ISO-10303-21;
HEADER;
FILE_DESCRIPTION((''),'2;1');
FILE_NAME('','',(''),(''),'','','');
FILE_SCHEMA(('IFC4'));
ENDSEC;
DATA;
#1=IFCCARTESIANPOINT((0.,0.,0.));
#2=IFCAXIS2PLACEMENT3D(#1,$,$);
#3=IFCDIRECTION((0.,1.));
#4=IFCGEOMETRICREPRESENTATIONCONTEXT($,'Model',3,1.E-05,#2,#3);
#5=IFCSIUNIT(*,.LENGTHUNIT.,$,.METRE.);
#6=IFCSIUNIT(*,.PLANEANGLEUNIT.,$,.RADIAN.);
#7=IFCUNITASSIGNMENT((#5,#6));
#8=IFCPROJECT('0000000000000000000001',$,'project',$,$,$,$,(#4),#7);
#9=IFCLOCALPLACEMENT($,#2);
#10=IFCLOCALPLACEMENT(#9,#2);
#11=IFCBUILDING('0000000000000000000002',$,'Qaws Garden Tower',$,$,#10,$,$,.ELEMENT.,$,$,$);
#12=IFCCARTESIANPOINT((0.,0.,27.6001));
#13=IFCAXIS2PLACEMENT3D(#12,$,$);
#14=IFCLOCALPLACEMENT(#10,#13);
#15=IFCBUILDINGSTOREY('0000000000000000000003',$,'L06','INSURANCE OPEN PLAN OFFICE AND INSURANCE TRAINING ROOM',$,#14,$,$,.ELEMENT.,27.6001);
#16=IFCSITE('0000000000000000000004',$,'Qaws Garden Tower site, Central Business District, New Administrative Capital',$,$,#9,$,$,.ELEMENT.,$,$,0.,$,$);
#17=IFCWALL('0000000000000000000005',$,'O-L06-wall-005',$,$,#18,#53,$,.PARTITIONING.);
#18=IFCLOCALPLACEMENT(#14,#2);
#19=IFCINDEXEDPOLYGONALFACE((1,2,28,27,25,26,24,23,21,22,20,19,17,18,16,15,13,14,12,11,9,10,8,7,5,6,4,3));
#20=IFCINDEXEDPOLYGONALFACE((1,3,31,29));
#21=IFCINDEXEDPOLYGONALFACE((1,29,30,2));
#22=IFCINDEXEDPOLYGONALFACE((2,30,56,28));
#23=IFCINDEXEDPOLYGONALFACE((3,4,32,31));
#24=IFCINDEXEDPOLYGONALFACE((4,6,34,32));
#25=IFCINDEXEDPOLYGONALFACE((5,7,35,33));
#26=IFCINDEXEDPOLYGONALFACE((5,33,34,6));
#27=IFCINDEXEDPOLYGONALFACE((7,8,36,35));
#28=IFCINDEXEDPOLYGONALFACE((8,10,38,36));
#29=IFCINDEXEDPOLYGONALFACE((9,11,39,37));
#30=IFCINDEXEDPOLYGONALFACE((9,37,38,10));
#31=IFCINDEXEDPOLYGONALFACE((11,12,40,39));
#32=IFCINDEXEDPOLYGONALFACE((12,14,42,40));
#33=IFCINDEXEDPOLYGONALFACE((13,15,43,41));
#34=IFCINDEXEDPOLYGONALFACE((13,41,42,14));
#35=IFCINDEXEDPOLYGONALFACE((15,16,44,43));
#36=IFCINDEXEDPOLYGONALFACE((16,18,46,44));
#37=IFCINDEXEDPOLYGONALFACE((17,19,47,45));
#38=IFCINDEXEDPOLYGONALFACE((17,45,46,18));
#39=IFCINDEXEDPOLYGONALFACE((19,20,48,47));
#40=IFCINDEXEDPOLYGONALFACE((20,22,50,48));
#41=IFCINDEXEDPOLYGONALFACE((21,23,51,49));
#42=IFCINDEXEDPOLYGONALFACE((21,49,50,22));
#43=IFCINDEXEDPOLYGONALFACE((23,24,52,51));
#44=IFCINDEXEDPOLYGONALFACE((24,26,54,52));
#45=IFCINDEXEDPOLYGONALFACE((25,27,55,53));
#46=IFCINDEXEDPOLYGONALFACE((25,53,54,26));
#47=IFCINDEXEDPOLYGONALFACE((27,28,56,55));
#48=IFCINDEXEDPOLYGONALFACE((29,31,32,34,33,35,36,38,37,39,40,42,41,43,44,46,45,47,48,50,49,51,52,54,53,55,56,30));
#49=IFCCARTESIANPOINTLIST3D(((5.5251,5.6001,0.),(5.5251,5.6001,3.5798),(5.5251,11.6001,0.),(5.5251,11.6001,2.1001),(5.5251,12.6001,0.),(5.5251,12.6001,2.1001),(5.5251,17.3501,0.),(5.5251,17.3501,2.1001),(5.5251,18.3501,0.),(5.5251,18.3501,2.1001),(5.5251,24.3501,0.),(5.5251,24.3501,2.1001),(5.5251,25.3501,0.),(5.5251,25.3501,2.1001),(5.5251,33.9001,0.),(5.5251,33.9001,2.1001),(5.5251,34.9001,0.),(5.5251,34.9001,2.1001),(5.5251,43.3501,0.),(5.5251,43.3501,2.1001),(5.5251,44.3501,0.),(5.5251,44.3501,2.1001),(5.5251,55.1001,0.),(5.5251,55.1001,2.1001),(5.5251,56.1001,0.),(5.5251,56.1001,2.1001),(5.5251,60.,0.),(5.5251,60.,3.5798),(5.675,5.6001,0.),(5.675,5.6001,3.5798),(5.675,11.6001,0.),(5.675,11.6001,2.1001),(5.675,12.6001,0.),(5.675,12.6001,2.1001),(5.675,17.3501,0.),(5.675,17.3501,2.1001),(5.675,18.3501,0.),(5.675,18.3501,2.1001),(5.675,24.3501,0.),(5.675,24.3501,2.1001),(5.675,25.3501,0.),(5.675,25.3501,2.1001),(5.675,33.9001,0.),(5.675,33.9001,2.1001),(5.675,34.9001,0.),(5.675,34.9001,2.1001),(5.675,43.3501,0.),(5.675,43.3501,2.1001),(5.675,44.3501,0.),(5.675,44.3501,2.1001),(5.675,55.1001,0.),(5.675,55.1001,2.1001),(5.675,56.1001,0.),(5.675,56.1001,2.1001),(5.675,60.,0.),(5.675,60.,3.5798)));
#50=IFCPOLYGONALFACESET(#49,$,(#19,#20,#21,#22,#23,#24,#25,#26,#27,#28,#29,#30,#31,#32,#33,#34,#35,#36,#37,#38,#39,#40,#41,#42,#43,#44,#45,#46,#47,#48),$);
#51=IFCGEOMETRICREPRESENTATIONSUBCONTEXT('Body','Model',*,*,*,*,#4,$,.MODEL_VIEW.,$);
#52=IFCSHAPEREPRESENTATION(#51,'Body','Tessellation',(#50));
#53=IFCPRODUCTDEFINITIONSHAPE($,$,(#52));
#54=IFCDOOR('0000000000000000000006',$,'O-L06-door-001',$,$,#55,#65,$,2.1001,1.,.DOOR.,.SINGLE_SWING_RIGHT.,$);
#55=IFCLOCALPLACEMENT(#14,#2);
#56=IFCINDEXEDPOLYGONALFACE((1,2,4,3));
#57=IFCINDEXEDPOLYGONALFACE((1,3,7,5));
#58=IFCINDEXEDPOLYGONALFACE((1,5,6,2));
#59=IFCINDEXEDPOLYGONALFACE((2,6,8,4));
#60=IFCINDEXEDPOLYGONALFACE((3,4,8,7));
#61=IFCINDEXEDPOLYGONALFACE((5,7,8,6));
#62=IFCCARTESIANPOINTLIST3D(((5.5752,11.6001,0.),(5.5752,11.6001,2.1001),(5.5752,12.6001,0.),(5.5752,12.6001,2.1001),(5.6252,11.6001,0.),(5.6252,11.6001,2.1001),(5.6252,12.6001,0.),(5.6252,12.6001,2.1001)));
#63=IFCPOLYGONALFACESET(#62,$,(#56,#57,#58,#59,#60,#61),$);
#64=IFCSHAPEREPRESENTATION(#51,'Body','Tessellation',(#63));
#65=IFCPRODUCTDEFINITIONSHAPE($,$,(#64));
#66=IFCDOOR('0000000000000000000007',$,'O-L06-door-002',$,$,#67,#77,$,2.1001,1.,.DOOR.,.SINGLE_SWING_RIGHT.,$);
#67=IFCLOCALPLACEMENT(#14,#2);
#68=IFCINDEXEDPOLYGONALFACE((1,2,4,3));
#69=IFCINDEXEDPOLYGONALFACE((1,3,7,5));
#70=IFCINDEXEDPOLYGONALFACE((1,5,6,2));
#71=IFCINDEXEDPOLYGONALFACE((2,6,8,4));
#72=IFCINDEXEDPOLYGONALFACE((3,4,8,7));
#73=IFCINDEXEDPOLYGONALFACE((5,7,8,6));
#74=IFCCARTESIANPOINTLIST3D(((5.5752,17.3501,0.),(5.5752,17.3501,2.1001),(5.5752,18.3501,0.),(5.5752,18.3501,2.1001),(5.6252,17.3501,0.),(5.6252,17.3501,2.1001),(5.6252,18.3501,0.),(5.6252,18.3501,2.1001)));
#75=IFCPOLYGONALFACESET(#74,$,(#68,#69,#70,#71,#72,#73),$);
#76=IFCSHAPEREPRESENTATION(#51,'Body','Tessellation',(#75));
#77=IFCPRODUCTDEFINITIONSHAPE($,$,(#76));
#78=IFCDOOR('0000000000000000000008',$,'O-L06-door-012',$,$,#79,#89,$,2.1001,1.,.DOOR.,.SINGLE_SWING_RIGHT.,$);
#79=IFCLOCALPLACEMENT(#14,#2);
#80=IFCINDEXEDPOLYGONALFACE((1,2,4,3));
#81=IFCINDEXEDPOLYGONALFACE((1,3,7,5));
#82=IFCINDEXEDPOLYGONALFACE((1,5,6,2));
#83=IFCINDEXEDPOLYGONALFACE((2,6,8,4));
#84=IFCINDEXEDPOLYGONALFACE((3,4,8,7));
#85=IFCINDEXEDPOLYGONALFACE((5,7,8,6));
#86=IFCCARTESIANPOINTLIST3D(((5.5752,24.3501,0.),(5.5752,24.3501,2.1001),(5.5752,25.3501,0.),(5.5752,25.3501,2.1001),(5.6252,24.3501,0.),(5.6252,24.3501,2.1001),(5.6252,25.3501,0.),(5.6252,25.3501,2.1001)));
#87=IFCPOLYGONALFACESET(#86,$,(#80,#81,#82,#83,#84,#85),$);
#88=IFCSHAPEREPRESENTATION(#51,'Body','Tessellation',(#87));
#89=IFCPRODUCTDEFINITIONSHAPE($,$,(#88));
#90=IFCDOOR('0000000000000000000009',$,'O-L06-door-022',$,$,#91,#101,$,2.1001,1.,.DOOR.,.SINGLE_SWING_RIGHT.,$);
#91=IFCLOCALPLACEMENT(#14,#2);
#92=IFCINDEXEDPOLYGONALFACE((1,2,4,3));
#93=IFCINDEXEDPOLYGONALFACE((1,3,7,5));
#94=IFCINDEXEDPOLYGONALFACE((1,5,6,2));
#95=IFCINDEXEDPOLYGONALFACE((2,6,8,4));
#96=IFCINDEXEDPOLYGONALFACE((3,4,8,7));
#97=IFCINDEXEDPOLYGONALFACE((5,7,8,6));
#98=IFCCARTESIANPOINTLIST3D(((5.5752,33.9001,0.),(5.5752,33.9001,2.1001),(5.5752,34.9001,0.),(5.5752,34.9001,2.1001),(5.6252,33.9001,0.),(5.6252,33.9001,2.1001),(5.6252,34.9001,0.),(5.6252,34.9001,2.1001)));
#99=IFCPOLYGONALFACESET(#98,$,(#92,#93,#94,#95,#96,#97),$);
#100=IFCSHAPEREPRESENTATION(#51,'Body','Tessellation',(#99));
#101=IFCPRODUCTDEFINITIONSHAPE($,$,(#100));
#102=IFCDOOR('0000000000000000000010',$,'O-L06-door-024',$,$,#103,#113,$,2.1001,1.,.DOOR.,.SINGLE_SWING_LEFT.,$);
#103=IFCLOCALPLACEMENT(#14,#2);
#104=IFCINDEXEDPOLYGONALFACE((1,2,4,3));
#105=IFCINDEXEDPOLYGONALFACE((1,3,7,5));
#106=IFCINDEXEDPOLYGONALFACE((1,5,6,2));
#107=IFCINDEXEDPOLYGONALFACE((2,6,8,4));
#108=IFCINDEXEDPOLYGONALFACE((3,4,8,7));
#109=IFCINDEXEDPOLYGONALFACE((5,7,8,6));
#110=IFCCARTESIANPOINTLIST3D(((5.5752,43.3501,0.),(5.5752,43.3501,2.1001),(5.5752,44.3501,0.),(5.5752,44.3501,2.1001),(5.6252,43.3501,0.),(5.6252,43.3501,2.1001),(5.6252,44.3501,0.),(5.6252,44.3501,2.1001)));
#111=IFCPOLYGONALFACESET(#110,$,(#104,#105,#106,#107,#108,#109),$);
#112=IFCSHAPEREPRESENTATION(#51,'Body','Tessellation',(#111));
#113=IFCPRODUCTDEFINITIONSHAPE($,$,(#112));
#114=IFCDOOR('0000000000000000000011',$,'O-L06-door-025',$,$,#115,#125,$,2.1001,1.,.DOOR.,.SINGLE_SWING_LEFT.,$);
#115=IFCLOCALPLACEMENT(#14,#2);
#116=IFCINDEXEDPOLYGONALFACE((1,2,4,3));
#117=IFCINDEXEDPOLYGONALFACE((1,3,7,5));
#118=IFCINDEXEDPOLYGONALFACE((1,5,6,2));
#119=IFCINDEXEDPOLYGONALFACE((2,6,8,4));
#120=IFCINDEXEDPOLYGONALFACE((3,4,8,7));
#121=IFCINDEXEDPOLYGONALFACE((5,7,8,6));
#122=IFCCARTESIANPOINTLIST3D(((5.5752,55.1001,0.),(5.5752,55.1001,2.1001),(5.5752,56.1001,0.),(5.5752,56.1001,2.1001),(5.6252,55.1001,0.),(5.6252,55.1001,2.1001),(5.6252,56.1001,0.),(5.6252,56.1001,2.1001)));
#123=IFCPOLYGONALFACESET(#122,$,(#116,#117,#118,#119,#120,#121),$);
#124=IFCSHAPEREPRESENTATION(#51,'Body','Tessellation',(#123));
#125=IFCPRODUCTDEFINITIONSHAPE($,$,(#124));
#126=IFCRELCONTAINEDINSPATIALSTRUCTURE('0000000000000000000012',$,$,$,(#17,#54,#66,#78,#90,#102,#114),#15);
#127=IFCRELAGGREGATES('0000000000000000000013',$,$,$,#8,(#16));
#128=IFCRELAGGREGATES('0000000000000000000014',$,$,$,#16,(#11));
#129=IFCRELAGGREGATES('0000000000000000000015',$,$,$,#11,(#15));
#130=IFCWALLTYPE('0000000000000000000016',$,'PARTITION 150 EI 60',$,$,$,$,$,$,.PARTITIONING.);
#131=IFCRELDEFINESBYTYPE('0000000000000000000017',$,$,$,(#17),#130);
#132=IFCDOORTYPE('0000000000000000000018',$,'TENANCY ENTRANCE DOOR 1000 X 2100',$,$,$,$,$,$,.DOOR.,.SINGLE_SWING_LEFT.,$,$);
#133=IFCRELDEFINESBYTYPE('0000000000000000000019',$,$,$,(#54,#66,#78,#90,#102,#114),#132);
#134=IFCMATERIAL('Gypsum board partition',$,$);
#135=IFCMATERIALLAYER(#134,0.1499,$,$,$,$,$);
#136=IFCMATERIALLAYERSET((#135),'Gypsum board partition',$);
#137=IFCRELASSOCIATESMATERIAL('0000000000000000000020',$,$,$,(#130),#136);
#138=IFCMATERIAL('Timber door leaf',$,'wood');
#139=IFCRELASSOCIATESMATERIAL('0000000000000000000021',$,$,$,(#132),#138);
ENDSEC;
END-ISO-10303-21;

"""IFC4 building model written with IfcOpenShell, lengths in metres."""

from ifc_helpers import new_model, si_unit, direction, frame, frame_2d, origin, place, context, subcontext, project, spatial, rectangle, extrude, material, layer, layer_set, type_object, element, fill, save


model = new_model("IFC4")

# Units and contexts
model_context = context("Model", 3, precision=1e-05, world=origin(), true_north=direction((0.0, 1.0)))
body_context = subcontext(model_context, "Body", "Model", "MODEL_VIEW")
ifc_project = project(units=[si_unit("LENGTHUNIT", "METRE"), si_unit("PLANEANGLEUNIT", "RADIAN")], contexts=[model_context])

# Site, building, storey
site_placement = place(None, origin())
site = spatial("IfcSite", under=ifc_project, at=site_placement, Name="Qaws Garden Tower site, Central Business District, New Administrative Capital", CompositionType="ELEMENT", RefElevation=0.0)
building_placement = place(site_placement, origin())
building = spatial("IfcBuilding", under=site, at=building_placement, Name="Qaws Garden Tower", CompositionType="ELEMENT")
storey_placement = place(building_placement, frame((0.0, 0.0, 27.6001)))
storey = spatial("IfcBuildingStorey", under=building, at=storey_placement, Name="L06", Description="INSURANCE OPEN PLAN OFFICE AND INSURANCE TRAINING ROOM", CompositionType="ELEMENT", Elevation=27.6001)

# Wall, openings, doors
ifc_material_1 = material(Name="Gypsum board partition")
ifc_layer_1 = layer(ifc_material_1, 0.1499)
ifc_layer_set_1 = layer_set([ifc_layer_1], Name="Gypsum board partition")
wall_type_1 = type_object("IfcWallType", Name="PARTITION 150 EI 60", PredefinedType="PARTITIONING", material=ifc_layer_set_1)
wall_1_placement = place(storey_placement, frame((5.6001, 5.6001, 0.0), z_axis=(0.0, 0.0, 1.0), x_axis=(0.0, 1.0, 0.0)))
wall_1 = element("IfcWall", 1, at=wall_1_placement, inside=storey, type_object=wall_type_1, Name="O-L06-wall-005", PredefinedType="PARTITIONING", context=body_context, shape_type="SweptSolid", body=[
    extrude(rectangle(XDim=54.3999, YDim=0.1499, at=frame_2d((27.2, 0.0))), origin(), (0.0, 0.0, 1.0), 3.5798),
])
opening_1_placement = place(wall_1_placement, frame((6.0, 0.0, 0.0)))
opening_1 = element("IfcOpeningElement", 2, at=opening_1_placement, cuts=wall_1, PredefinedType="OPENING", context=body_context, shape_type="SweptSolid", body=[
    extrude(rectangle(XDim=1.0, YDim=2.1001, at=frame_2d((0.5, 1.05))), frame((0.0, 0.085, 0.0), z_axis=(0.0, -1.0, 0.0), x_axis=(1.0, 0.0, 0.0)), (0.0, 0.0, 1.0), 0.1699),
])
opening_2_placement = place(wall_1_placement, frame((11.75, 0.0, 0.0)))
opening_2 = element("IfcOpeningElement", 3, at=opening_2_placement, cuts=wall_1, PredefinedType="OPENING", context=body_context, shape_type="SweptSolid", body=[
    extrude(rectangle(XDim=1.0, YDim=2.1001, at=frame_2d((0.5, 1.05))), frame((0.0, 0.085, 0.0), z_axis=(0.0, -1.0, 0.0), x_axis=(1.0, 0.0, 0.0)), (0.0, 0.0, 1.0), 0.1699),
])
opening_3_placement = place(wall_1_placement, frame((18.75, 0.0, 0.0)))
opening_3 = element("IfcOpeningElement", 4, at=opening_3_placement, cuts=wall_1, PredefinedType="OPENING", context=body_context, shape_type="SweptSolid", body=[
    extrude(rectangle(XDim=1.0, YDim=2.1001, at=frame_2d((0.5, 1.05))), frame((0.0, 0.085, 0.0), z_axis=(0.0, -1.0, 0.0), x_axis=(1.0, 0.0, 0.0)), (0.0, 0.0, 1.0), 0.1699),
])
opening_4_placement = place(wall_1_placement, frame((28.3, 0.0, 0.0)))
opening_4 = element("IfcOpeningElement", 5, at=opening_4_placement, cuts=wall_1, PredefinedType="OPENING", context=body_context, shape_type="SweptSolid", body=[
    extrude(rectangle(XDim=1.0, YDim=2.1001, at=frame_2d((0.5, 1.05))), frame((0.0, 0.085, 0.0), z_axis=(0.0, -1.0, 0.0), x_axis=(1.0, 0.0, 0.0)), (0.0, 0.0, 1.0), 0.1699),
])
opening_5_placement = place(wall_1_placement, frame((37.75, 0.0, 0.0)))
opening_5 = element("IfcOpeningElement", 6, at=opening_5_placement, cuts=wall_1, PredefinedType="OPENING", context=body_context, shape_type="SweptSolid", body=[
    extrude(rectangle(XDim=1.0, YDim=2.1001, at=frame_2d((0.5, 1.05))), frame((0.0, 0.085, 0.0), z_axis=(0.0, -1.0, 0.0), x_axis=(1.0, 0.0, 0.0)), (0.0, 0.0, 1.0), 0.1699),
])
opening_6_placement = place(wall_1_placement, frame((49.5, 0.0, 0.0)))
opening_6 = element("IfcOpeningElement", 7, at=opening_6_placement, cuts=wall_1, PredefinedType="OPENING", context=body_context, shape_type="SweptSolid", body=[
    extrude(rectangle(XDim=1.0, YDim=2.1001, at=frame_2d((0.5, 1.05))), frame((0.0, 0.085, 0.0), z_axis=(0.0, -1.0, 0.0), x_axis=(1.0, 0.0, 0.0)), (0.0, 0.0, 1.0), 0.1699),
])
ifc_material_2 = material(Name="Timber door leaf", Category="wood")
door_type_1 = type_object("IfcDoorType", Name="TENANCY ENTRANCE DOOR 1000 X 2100", OperationType="SINGLE_SWING_LEFT", PredefinedType="DOOR", material=ifc_material_2)
door_1_placement = place(opening_1_placement, origin())
door_1 = element("IfcDoor", 8, at=door_1_placement, inside=storey, type_object=door_type_1, Name="O-L06-door-001", OperationType="SINGLE_SWING_RIGHT", OverallHeight=2.1001, OverallWidth=1.0, PredefinedType="DOOR", context=body_context, shape_type="SweptSolid", body=[
    extrude(rectangle(XDim=1.0, YDim=2.1001, at=frame_2d((0.5, 1.05))), frame((0.0, 0.0249, 0.0), z_axis=(0.0, -1.0, 0.0), x_axis=(1.0, 0.0, 0.0)), (0.0, 0.0, 1.0), 0.05),
])
fill(opening_1, door_1)
door_2_placement = place(opening_2_placement, origin())
door_2 = element("IfcDoor", 9, at=door_2_placement, inside=storey, type_object=door_type_1, Name="O-L06-door-002", OperationType="SINGLE_SWING_RIGHT", OverallHeight=2.1001, OverallWidth=1.0, PredefinedType="DOOR", context=body_context, shape_type="SweptSolid", body=[
    extrude(rectangle(XDim=1.0, YDim=2.1001, at=frame_2d((0.5, 1.05))), frame((0.0, 0.0249, 0.0), z_axis=(0.0, -1.0, 0.0), x_axis=(1.0, 0.0, 0.0)), (0.0, 0.0, 1.0), 0.05),
])
fill(opening_2, door_2)
door_3_placement = place(opening_3_placement, origin())
door_3 = element("IfcDoor", 10, at=door_3_placement, inside=storey, type_object=door_type_1, Name="O-L06-door-012", OperationType="SINGLE_SWING_RIGHT", OverallHeight=2.1001, OverallWidth=1.0, PredefinedType="DOOR", context=body_context, shape_type="SweptSolid", body=[
    extrude(rectangle(XDim=1.0, YDim=2.1001, at=frame_2d((0.5, 1.05))), frame((0.0, 0.0249, 0.0), z_axis=(0.0, -1.0, 0.0), x_axis=(1.0, 0.0, 0.0)), (0.0, 0.0, 1.0), 0.05),
])
fill(opening_3, door_3)
door_4_placement = place(opening_4_placement, origin())
door_4 = element("IfcDoor", 11, at=door_4_placement, inside=storey, type_object=door_type_1, Name="O-L06-door-022", OperationType="SINGLE_SWING_RIGHT", OverallHeight=2.1001, OverallWidth=1.0, PredefinedType="DOOR", context=body_context, shape_type="SweptSolid", body=[
    extrude(rectangle(XDim=1.0, YDim=2.1001, at=frame_2d((0.5, 1.05))), frame((0.0, 0.0249, 0.0), z_axis=(0.0, -1.0, 0.0), x_axis=(1.0, 0.0, 0.0)), (0.0, 0.0, 1.0), 0.05),
])
fill(opening_4, door_4)
door_5_placement = place(opening_5_placement, origin())
door_5 = element("IfcDoor", 12, at=door_5_placement, inside=storey, type_object=door_type_1, Name="O-L06-door-024", OperationType="SINGLE_SWING_LEFT", OverallHeight=2.1001, OverallWidth=1.0, PredefinedType="DOOR", context=body_context, shape_type="SweptSolid", body=[
    extrude(rectangle(XDim=1.0, YDim=2.1001, at=frame_2d((0.5, 1.05))), frame((0.0, 0.0249, 0.0), z_axis=(0.0, -1.0, 0.0), x_axis=(1.0, 0.0, 0.0)), (0.0, 0.0, 1.0), 0.05),
])
fill(opening_5, door_5)
door_6_placement = place(opening_6_placement, origin())
door_6 = element("IfcDoor", 13, at=door_6_placement, inside=storey, type_object=door_type_1, Name="O-L06-door-025", OperationType="SINGLE_SWING_LEFT", OverallHeight=2.1001, OverallWidth=1.0, PredefinedType="DOOR", context=body_context, shape_type="SweptSolid", body=[
    extrude(rectangle(XDim=1.0, YDim=2.1001, at=frame_2d((0.5, 1.05))), frame((0.0, 0.0249, 0.0), z_axis=(0.0, -1.0, 0.0), x_axis=(1.0, 0.0, 0.0)), (0.0, 0.0, 1.0), 0.05),
])
fill(opening_6, door_6)

save(model, "model.ifc")
